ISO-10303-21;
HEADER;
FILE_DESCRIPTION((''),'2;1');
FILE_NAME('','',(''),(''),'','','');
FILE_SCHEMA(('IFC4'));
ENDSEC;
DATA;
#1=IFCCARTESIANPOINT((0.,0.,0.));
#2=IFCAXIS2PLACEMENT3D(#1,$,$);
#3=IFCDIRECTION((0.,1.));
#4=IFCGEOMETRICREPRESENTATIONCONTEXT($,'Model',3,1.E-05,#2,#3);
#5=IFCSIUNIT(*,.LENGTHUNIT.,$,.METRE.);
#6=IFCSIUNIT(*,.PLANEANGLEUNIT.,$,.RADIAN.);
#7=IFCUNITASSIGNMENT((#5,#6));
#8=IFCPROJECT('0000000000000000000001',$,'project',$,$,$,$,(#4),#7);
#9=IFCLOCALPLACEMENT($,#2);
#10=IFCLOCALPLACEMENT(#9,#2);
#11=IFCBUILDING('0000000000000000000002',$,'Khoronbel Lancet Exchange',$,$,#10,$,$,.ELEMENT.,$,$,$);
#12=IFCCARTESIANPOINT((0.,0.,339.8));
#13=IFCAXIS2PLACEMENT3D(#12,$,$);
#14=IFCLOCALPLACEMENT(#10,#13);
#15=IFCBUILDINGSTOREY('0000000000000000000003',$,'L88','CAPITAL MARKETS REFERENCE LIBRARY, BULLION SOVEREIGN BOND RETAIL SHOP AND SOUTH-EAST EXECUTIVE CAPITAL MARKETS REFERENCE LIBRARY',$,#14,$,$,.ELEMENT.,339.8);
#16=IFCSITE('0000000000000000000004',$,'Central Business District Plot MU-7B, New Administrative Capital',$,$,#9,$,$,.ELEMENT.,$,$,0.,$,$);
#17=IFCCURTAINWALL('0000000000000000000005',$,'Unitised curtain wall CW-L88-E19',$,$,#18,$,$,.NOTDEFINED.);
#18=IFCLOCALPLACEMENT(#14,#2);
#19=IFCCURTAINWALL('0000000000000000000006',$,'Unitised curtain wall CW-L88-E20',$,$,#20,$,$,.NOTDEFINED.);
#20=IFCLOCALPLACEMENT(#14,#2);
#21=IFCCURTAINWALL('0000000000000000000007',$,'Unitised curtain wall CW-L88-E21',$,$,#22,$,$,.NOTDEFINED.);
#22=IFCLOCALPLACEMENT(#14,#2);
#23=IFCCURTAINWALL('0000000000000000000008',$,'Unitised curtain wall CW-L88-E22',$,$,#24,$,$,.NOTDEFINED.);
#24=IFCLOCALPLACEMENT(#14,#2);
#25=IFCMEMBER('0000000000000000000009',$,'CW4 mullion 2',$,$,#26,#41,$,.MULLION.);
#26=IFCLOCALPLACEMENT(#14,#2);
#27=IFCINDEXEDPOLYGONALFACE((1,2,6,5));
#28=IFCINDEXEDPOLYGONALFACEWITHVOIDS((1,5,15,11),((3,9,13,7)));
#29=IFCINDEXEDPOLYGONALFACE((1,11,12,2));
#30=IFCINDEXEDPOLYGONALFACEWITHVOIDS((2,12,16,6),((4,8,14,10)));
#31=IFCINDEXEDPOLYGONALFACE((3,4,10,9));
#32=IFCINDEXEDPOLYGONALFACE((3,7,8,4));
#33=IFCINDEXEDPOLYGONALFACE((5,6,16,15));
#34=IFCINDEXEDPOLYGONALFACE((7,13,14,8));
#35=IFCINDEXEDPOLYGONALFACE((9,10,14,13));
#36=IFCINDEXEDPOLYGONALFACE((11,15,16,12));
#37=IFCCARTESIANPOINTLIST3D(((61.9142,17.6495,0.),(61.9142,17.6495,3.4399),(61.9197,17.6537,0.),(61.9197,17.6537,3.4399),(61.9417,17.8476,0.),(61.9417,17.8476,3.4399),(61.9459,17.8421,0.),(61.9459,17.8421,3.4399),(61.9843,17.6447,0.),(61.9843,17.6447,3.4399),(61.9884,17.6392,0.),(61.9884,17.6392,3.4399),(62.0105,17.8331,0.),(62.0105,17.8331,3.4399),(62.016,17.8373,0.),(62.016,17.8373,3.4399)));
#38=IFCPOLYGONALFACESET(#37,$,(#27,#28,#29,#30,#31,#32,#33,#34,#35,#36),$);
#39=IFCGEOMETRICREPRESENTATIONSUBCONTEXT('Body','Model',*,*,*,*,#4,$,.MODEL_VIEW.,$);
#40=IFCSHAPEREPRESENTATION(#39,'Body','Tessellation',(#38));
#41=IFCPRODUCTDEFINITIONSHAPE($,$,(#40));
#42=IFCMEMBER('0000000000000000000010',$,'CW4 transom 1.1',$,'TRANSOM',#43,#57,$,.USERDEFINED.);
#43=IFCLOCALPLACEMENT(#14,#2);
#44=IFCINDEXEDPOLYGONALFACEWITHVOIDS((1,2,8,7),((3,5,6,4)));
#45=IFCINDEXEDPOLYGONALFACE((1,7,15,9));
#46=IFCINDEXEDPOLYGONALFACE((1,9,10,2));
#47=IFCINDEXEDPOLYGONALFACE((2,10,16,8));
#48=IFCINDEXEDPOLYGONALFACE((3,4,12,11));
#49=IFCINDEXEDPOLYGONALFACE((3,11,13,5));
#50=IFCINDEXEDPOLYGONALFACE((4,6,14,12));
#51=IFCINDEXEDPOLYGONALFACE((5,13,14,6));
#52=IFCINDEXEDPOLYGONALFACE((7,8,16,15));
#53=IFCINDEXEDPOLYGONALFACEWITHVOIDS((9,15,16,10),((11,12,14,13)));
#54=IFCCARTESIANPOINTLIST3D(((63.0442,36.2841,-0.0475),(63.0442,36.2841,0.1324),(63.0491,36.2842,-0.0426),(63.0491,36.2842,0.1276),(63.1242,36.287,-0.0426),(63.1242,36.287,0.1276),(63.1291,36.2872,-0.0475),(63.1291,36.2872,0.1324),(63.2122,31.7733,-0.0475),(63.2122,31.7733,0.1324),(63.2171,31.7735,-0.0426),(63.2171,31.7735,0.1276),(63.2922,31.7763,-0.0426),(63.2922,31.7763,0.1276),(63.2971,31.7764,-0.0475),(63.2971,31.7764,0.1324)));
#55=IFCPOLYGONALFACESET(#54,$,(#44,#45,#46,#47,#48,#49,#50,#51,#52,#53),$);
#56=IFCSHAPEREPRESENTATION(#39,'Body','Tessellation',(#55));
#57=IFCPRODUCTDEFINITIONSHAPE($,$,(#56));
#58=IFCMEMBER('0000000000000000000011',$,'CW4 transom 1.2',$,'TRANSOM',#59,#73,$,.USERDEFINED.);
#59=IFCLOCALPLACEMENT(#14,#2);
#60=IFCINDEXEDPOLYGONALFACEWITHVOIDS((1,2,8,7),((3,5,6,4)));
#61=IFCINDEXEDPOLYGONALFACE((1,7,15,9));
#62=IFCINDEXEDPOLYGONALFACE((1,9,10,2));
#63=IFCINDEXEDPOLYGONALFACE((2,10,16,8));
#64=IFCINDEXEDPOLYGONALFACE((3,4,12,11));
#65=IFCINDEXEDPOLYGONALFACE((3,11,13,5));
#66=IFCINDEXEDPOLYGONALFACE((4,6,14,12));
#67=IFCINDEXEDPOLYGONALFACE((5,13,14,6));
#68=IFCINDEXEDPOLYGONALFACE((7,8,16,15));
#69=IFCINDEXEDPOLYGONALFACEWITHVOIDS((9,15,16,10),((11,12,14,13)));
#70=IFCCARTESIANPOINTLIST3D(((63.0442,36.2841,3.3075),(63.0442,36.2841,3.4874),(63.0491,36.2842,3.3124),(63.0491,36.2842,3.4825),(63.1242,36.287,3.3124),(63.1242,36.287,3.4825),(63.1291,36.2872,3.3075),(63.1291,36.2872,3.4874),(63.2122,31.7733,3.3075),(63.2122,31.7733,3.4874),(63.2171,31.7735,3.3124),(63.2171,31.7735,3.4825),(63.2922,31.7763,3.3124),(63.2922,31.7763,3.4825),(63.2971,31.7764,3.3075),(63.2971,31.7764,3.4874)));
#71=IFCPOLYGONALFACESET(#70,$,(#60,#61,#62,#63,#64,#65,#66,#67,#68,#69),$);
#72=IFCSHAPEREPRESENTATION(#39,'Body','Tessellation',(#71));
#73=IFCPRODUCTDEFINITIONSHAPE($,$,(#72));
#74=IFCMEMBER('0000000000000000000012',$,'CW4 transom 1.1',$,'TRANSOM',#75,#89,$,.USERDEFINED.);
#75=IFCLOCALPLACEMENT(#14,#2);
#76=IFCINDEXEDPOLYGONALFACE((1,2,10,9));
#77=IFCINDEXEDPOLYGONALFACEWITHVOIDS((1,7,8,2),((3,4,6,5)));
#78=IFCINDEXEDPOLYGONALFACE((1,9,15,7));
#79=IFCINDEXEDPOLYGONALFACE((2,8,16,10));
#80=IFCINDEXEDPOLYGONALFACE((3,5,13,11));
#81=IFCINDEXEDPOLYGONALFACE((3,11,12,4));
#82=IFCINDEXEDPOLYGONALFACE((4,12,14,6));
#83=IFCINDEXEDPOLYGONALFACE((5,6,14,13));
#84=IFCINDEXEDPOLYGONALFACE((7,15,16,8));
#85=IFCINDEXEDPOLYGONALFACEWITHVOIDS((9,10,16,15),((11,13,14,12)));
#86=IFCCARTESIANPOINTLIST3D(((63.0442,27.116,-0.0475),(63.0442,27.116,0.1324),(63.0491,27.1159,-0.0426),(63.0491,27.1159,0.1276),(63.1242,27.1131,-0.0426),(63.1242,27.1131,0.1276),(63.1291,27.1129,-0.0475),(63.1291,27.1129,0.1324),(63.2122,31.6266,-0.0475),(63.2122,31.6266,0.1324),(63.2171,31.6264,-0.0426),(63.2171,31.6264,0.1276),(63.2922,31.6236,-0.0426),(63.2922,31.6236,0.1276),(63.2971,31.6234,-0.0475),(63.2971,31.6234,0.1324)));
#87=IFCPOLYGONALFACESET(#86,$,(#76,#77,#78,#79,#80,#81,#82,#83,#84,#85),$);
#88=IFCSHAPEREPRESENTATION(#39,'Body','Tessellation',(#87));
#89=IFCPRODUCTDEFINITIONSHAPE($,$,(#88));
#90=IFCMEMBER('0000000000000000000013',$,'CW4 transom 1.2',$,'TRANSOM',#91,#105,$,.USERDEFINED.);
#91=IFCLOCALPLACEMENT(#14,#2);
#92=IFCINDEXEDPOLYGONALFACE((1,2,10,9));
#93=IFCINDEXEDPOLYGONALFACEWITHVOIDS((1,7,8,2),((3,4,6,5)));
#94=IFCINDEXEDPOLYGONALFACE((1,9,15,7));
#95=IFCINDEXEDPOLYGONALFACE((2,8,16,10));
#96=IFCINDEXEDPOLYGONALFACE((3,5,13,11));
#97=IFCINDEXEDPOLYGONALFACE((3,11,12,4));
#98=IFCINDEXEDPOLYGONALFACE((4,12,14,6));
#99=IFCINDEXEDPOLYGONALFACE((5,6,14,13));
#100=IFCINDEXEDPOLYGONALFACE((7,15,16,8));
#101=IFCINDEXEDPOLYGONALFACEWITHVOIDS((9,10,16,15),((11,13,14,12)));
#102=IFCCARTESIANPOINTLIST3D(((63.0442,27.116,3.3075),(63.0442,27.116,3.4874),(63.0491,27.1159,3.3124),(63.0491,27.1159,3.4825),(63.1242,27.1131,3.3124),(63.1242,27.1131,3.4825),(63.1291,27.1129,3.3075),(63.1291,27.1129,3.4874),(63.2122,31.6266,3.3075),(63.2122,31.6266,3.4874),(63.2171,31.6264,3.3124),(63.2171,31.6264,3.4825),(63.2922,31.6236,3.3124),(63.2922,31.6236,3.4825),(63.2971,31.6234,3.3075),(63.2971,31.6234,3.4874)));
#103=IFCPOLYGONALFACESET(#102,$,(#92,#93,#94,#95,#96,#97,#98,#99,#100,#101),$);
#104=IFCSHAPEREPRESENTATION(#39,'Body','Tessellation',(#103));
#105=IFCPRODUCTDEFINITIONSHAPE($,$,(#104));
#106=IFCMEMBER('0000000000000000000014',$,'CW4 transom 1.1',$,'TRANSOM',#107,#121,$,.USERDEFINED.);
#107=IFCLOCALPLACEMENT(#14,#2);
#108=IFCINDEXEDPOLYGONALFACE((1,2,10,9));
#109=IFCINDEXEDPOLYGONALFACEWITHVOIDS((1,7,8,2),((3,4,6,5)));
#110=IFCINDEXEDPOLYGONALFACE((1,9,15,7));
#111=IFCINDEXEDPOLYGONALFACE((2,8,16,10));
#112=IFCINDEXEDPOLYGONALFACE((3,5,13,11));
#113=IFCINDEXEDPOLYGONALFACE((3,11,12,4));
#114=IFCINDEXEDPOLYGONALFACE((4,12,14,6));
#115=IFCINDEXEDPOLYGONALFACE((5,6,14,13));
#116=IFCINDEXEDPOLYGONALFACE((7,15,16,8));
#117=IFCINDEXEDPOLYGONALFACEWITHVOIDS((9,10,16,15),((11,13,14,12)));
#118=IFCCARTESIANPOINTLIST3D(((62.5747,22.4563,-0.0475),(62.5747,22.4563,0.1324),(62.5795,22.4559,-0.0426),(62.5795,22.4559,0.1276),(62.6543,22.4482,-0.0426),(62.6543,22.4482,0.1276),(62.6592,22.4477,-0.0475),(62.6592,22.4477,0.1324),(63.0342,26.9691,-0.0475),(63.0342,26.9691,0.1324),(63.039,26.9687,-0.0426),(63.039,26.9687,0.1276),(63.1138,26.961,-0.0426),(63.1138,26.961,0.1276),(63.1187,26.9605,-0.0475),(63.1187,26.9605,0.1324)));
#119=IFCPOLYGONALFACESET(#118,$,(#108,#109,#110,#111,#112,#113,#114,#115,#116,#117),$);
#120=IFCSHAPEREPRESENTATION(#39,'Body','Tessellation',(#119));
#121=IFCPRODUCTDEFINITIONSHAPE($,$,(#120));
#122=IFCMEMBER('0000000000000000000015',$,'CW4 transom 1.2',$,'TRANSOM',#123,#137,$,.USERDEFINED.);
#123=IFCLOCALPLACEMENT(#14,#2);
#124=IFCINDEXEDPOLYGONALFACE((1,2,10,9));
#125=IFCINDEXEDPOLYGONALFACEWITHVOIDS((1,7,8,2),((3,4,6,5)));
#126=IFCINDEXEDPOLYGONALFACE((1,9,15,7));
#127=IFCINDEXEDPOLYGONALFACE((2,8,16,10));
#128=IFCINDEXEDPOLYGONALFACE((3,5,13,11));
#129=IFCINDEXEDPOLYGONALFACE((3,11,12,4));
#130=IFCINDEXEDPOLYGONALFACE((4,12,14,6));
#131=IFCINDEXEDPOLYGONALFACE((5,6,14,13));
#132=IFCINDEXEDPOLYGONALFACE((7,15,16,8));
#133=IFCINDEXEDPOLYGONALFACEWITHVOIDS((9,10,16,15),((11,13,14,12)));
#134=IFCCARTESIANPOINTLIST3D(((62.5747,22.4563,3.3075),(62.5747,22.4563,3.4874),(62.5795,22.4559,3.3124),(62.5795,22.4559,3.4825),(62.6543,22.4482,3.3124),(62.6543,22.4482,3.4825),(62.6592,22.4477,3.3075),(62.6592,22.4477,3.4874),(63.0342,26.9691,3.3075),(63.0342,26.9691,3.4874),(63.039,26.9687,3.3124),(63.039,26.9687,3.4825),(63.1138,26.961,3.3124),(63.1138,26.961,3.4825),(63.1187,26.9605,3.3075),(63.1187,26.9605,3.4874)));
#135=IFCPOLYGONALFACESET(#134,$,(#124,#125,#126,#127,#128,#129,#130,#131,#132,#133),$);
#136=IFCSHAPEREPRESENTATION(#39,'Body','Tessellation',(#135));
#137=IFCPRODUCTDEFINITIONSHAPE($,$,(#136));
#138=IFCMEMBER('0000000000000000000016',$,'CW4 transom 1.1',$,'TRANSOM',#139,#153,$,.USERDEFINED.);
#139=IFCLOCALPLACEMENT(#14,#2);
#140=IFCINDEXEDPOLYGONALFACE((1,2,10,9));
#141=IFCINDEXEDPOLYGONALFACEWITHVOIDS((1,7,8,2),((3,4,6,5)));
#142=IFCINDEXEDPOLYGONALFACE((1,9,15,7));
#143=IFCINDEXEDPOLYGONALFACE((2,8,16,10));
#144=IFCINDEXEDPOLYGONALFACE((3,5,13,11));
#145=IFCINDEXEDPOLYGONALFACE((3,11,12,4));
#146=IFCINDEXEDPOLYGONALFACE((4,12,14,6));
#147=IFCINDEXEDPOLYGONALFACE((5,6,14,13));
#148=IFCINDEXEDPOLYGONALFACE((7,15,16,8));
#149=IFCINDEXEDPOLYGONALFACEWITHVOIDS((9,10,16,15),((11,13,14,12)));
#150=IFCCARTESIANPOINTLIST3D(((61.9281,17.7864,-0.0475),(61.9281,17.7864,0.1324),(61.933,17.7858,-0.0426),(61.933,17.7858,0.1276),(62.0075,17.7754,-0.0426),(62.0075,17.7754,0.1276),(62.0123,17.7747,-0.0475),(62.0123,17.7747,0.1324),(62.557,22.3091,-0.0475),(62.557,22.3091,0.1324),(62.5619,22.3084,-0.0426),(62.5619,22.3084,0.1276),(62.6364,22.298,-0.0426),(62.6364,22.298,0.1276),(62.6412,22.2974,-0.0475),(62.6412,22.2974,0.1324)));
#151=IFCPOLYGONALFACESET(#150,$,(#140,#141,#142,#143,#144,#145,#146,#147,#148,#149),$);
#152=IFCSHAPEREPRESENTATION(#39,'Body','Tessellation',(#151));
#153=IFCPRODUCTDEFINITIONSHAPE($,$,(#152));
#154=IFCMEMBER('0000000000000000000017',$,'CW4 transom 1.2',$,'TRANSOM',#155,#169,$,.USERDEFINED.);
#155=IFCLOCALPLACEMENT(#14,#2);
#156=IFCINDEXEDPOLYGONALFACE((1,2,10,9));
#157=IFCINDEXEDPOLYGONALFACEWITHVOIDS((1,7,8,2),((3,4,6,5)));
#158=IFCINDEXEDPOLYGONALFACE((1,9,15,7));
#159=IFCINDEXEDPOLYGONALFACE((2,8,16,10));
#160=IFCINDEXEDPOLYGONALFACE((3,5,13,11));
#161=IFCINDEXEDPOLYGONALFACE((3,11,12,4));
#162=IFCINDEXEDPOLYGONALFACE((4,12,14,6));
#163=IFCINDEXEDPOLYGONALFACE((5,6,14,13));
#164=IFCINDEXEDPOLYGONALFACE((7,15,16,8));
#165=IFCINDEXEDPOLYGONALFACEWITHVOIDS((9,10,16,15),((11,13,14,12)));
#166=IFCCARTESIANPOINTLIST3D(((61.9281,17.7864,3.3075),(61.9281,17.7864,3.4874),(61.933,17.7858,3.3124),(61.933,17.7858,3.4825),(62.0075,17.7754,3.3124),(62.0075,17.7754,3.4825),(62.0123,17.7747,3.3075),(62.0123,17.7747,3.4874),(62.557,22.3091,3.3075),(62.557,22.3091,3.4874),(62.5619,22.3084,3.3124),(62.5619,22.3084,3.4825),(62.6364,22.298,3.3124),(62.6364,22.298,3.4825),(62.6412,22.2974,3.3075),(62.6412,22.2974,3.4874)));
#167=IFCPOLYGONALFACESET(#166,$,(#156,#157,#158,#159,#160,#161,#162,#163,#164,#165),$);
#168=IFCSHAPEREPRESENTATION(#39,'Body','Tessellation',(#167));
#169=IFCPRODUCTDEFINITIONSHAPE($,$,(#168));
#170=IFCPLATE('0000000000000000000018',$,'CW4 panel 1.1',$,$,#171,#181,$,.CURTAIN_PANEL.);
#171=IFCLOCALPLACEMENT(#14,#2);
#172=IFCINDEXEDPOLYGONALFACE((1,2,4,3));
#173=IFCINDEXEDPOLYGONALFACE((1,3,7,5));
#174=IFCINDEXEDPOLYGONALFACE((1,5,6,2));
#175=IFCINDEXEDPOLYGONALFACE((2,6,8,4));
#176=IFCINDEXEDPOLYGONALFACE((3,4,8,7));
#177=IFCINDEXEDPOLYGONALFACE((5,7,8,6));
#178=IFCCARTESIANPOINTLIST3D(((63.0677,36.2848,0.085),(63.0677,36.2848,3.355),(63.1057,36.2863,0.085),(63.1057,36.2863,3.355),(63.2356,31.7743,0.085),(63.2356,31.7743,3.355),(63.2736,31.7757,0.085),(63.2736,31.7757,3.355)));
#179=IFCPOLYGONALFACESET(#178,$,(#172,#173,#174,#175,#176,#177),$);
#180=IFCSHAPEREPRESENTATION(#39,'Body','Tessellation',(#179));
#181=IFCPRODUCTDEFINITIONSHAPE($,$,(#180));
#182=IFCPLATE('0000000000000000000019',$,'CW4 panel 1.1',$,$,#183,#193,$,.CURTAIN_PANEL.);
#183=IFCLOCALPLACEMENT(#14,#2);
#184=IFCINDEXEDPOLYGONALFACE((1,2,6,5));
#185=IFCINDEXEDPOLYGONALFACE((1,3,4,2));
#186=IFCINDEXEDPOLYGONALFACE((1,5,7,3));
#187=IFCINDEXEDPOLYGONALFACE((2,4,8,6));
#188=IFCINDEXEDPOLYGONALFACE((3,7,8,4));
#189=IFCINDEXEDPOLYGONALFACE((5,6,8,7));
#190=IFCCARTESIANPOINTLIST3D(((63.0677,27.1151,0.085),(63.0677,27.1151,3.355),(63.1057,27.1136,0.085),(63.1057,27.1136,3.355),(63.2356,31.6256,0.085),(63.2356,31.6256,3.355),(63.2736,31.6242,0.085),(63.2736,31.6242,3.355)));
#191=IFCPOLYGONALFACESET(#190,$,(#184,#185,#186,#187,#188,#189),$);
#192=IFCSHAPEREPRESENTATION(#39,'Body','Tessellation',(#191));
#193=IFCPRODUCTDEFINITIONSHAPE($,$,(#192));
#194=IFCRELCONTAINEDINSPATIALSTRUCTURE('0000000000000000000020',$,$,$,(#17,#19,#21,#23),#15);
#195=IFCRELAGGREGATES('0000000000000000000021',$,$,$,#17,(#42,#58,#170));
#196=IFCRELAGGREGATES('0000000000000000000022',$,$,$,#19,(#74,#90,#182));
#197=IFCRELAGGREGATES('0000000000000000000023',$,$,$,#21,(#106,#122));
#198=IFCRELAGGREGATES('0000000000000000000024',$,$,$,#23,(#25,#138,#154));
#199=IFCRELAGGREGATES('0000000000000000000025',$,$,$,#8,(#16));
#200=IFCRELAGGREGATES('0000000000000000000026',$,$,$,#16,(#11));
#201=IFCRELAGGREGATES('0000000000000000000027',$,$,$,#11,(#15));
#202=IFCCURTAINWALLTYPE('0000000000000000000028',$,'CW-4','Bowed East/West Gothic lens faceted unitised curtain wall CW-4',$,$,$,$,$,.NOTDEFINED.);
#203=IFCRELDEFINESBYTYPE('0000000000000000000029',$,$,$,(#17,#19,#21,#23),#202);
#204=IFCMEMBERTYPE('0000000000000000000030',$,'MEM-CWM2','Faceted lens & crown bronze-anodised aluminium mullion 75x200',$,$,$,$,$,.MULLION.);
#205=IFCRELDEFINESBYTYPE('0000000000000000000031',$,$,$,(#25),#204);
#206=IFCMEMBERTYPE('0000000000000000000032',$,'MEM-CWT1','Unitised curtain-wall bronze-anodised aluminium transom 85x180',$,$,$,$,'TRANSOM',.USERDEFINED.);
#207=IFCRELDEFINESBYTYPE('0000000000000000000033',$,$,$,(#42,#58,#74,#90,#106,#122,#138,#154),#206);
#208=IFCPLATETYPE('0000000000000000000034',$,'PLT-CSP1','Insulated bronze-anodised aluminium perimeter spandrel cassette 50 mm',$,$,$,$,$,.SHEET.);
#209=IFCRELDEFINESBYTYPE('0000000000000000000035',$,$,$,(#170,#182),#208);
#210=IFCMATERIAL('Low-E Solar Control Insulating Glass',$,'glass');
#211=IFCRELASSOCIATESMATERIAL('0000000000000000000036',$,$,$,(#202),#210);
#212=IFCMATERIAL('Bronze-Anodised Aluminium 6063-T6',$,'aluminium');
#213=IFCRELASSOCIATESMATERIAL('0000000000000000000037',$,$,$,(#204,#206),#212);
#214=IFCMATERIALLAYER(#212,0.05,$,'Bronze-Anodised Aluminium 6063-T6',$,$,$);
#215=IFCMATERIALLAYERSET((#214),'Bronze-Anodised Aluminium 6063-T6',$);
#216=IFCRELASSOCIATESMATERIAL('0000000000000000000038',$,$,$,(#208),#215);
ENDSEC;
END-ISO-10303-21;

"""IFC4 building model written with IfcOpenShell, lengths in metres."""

from ifc_helpers import new_model, si_unit, direction, frame, origin, origin_2d, place, context, subcontext, project, spatial, rectangle, hollow_rectangle, extrude, material, layer, layer_set, material_profile, profile_set, type_object, element, aggregate, save


model = new_model("IFC4")

# Units and contexts
model_context = context("Model", 3, precision=1e-05, world=origin(), true_north=direction((0.0, 1.0)))
body_context = subcontext(model_context, "Body", "Model", "MODEL_VIEW")
ifc_project = project(units=[si_unit("LENGTHUNIT", "METRE"), si_unit("PLANEANGLEUNIT", "RADIAN")], contexts=[model_context])

# Site, building, storey
site_placement = place(None, origin())
site = spatial("IfcSite", under=ifc_project, at=site_placement, Name="Central Business District Plot MU-7B, New Administrative Capital", CompositionType="ELEMENT", RefElevation=0.0)
building_placement = place(site_placement, origin())
building = spatial("IfcBuilding", under=site, at=building_placement, Name="Khoronbel Lancet Exchange", CompositionType="ELEMENT")
storey_placement = place(building_placement, frame((0.0, 0.0, 339.8)))
storey = spatial("IfcBuildingStorey", under=building, at=storey_placement, Name="L88", Description="CAPITAL MARKETS REFERENCE LIBRARY, BULLION SOVEREIGN BOND RETAIL SHOP AND SOUTH-EAST EXECUTIVE CAPITAL MARKETS REFERENCE LIBRARY", CompositionType="ELEMENT", Elevation=339.8)

# Shared definitions
ifc_material_1 = material(Name="Low-E Solar Control Insulating Glass", Category="glass")
curtain_wall_type = type_object("IfcCurtainWallType", Name="CW-4", Description="Bowed East/West Gothic lens faceted unitised curtain wall CW-4", PredefinedType="NOTDEFINED", material=ifc_material_1)
ifc_material_2 = material(Name="Bronze-Anodised Aluminium 6063-T6", Category="aluminium")
ifc_material_profile_1 = material_profile(ifc_material_2, hollow_rectangle(XDim=0.075, YDim=0.2, WallThickness=0.0049, at=origin_2d()), Name="ALU MULLION 75x200")
ifc_profile_set_1 = profile_set([ifc_material_profile_1], Name="Bronze-Anodised Aluminium 6063-T6")
member_type_1 = type_object("IfcMemberType", Name="MEM-CWM2", Description="Faceted lens & crown bronze-anodised aluminium mullion 75x200", PredefinedType="MULLION", material=ifc_profile_set_1)

# Curtain walls, member
curtain_wall_1_placement = place(storey_placement, origin())
curtain_wall_1 = element("IfcCurtainWall", 1, at=curtain_wall_1_placement, inside=storey, type_object=curtain_wall_type, Name="Unitised curtain wall CW-L88-E19", PredefinedType="NOTDEFINED")
curtain_wall_2_placement = place(storey_placement, origin())
curtain_wall_2 = element("IfcCurtainWall", 2, at=curtain_wall_2_placement, inside=storey, type_object=curtain_wall_type, Name="Unitised curtain wall CW-L88-E20", PredefinedType="NOTDEFINED")
curtain_wall_3_placement = place(storey_placement, origin())
curtain_wall_3 = element("IfcCurtainWall", 3, at=curtain_wall_3_placement, inside=storey, type_object=curtain_wall_type, Name="Unitised curtain wall CW-L88-E21", PredefinedType="NOTDEFINED")
curtain_wall_4_placement = place(storey_placement, origin())
curtain_wall_4 = element("IfcCurtainWall", 4, at=curtain_wall_4_placement, inside=storey, type_object=curtain_wall_type, Name="Unitised curtain wall CW-L88-E22", PredefinedType="NOTDEFINED")
member_1_placement = place(storey_placement, frame((61.9651, 17.7434, 0.0), z_axis=(0.0, 0.0, 1.0), x_axis=(0.990475, -0.137695, 0.0)))
member_1 = element("IfcMember", 5, at=member_1_placement, type_object=member_type_1, Name="CW4 mullion 2", PredefinedType="MULLION", context=body_context, shape_type="SweptSolid", body=[
    extrude(hollow_rectangle(XDim=0.075, YDim=0.2, WallThickness=0.0049, at=origin_2d()), origin(), (0.0, 0.0, 1.0), 3.4399),
])

# Members
ifc_material_profile_2 = material_profile(ifc_material_2, hollow_rectangle(XDim=0.085, YDim=0.1799, WallThickness=0.0049, at=origin_2d()), Name="ALU TRANSOM 85x180")
ifc_profile_set_2 = profile_set([ifc_material_profile_2], Name="Bronze-Anodised Aluminium 6063-T6")
member_type_2 = type_object("IfcMemberType", Name="MEM-CWT1", Description="Unitised curtain-wall bronze-anodised aluminium transom 85x180", ElementType="TRANSOM", PredefinedType="USERDEFINED", material=ifc_profile_set_2)
member_2_placement = place(storey_placement, frame((63.0867, 36.2856, 0.0425), z_axis=(0.037212, -0.999307, 0.0), x_axis=(0.999307, 0.037212, 0.0)))
member_2 = element("IfcMember", 6, at=member_2_placement, type_object=member_type_2, Name="CW4 transom 1.1", ObjectType="TRANSOM", PredefinedType="USERDEFINED", context=body_context, shape_type="SweptSolid", body=[
    extrude(hollow_rectangle(XDim=0.085, YDim=0.1799, WallThickness=0.0049, at=origin_2d()), origin(), (0.0, 0.0, 1.0), 4.5139),
])
member_3_placement = place(storey_placement, frame((63.0867, 36.2856, 3.3975), z_axis=(0.037212, -0.999307, 0.0), x_axis=(0.999307, 0.037212, 0.0)))
member_3 = element("IfcMember", 7, at=member_3_placement, type_object=member_type_2, Name="CW4 transom 1.2", ObjectType="TRANSOM", PredefinedType="USERDEFINED", context=body_context, shape_type="SweptSolid", body=[
    extrude(hollow_rectangle(XDim=0.085, YDim=0.1799, WallThickness=0.0049, at=origin_2d()), origin(), (0.0, 0.0, 1.0), 4.5139),
])
member_4_placement = place(storey_placement, frame((63.2546, 31.625, 0.0425), z_axis=(-0.037214, -0.999307, 0.0), x_axis=(0.999307, -0.037214, 0.0)))
member_4 = element("IfcMember", 8, at=member_4_placement, type_object=member_type_2, Name="CW4 transom 1.1", ObjectType="TRANSOM", PredefinedType="USERDEFINED", context=body_context, shape_type="SweptSolid", body=[
    extrude(hollow_rectangle(XDim=0.085, YDim=0.1799, WallThickness=0.0049, at=origin_2d()), origin(), (0.0, 0.0, 1.0), 4.5137),
])
member_5_placement = place(storey_placement, frame((63.2546, 31.625, 3.3975), z_axis=(-0.037214, -0.999307, 0.0), x_axis=(0.999307, -0.037214, 0.0)))
member_5 = element("IfcMember", 9, at=member_5_placement, type_object=member_type_2, Name="CW4 transom 1.2", ObjectType="TRANSOM", PredefinedType="USERDEFINED", context=body_context, shape_type="SweptSolid", body=[
    extrude(hollow_rectangle(XDim=0.085, YDim=0.1799, WallThickness=0.0049, at=origin_2d()), origin(), (0.0, 0.0, 1.0), 4.5137),
])
member_6_placement = place(storey_placement, frame((63.0764, 26.9648, 0.0425), z_axis=(-0.101294, -0.994857, 0.0), x_axis=(0.994857, -0.101294, 0.0)))
member_6 = element("IfcMember", 10, at=member_6_placement, type_object=member_type_2, Name="CW4 transom 1.1", ObjectType="TRANSOM", PredefinedType="USERDEFINED", context=body_context, shape_type="SweptSolid", body=[
    extrude(hollow_rectangle(XDim=0.085, YDim=0.1799, WallThickness=0.0049, at=origin_2d()), origin(), (0.0, 0.0, 1.0), 4.5361),
])
member_7_placement = place(storey_placement, frame((63.0764, 26.9648, 3.3975), z_axis=(-0.101294, -0.994857, 0.0), x_axis=(0.994857, -0.101294, 0.0)))
member_7 = element("IfcMember", 11, at=member_7_placement, type_object=member_type_2, Name="CW4 transom 1.2", ObjectType="TRANSOM", PredefinedType="USERDEFINED", context=body_context, shape_type="SweptSolid", body=[
    extrude(hollow_rectangle(XDim=0.085, YDim=0.1799, WallThickness=0.0049, at=origin_2d()), origin(), (0.0, 0.0, 1.0), 4.5361),
])
member_8_placement = place(storey_placement, frame((62.5991, 22.3032, 0.0425), z_axis=(-0.13773, -0.99047, 0.0), x_axis=(0.99047, -0.13773, 0.0)))
member_8 = element("IfcMember", 12, at=member_8_placement, type_object=member_type_2, Name="CW4 transom 1.1", ObjectType="TRANSOM", PredefinedType="USERDEFINED", context=body_context, shape_type="SweptSolid", body=[
    extrude(hollow_rectangle(XDim=0.085, YDim=0.1799, WallThickness=0.0049, at=origin_2d()), origin(), (0.0, 0.0, 1.0), 4.5662),
])
member_9_placement = place(storey_placement, frame((62.5991, 22.3032, 3.3975), z_axis=(-0.13773, -0.99047, 0.0), x_axis=(0.99047, -0.13773, 0.0)))
member_9 = element("IfcMember", 13, at=member_9_placement, type_object=member_type_2, Name="CW4 transom 1.2", ObjectType="TRANSOM", PredefinedType="USERDEFINED", context=body_context, shape_type="SweptSolid", body=[
    extrude(hollow_rectangle(XDim=0.085, YDim=0.1799, WallThickness=0.0049, at=origin_2d()), origin(), (0.0, 0.0, 1.0), 4.5662),
])

# Plates
ifc_layer_1 = layer(ifc_material_2, 0.05, Name="Bronze-Anodised Aluminium 6063-T6")
ifc_layer_set_1 = layer_set([ifc_layer_1], Name="Bronze-Anodised Aluminium 6063-T6")
plate_type_1 = type_object("IfcPlateType", Name="PLT-CSP1", Description="Insulated bronze-anodised aluminium perimeter spandrel cassette 50 mm", PredefinedType="SHEET", material=ifc_layer_set_1)
plate_1_placement = place(storey_placement, frame((63.1707, 34.0303, 0.085), z_axis=(0.0, 0.0, 1.0), x_axis=(0.037202, -0.999308, 0.0)))
plate_1 = element("IfcPlate", 14, at=plate_1_placement, type_object=plate_type_1, Name="CW4 panel 1.1", PredefinedType="CURTAIN_PANEL", context=body_context, shape_type="SweptSolid", body=[
    extrude(rectangle(XDim=4.5137, YDim=0.0381, at=origin_2d()), origin(), (0.0, 0.0, 1.0), 3.27),
])
aggregate(curtain_wall_1, [member_2, member_3, plate_1])
plate_2_placement = place(storey_placement, frame((63.1707, 29.3696, 0.085), z_axis=(0.0, 0.0, 1.0), x_axis=(-0.037202, -0.999308, 0.0)))
plate_2 = element("IfcPlate", 15, at=plate_2_placement, type_object=plate_type_1, Name="CW4 panel 1.1", PredefinedType="CURTAIN_PANEL", context=body_context, shape_type="SweptSolid", body=[
    extrude(rectangle(XDim=4.5137, YDim=0.0381, at=origin_2d()), origin(), (0.0, 0.0, 1.0), 3.27),
])
aggregate(curtain_wall_2, [member_4, member_5, plate_2])
aggregate(curtain_wall_3, [member_6, member_7])
aggregate(curtain_wall_4, [member_1, member_8, member_9])

save(model, "model.ifc")
